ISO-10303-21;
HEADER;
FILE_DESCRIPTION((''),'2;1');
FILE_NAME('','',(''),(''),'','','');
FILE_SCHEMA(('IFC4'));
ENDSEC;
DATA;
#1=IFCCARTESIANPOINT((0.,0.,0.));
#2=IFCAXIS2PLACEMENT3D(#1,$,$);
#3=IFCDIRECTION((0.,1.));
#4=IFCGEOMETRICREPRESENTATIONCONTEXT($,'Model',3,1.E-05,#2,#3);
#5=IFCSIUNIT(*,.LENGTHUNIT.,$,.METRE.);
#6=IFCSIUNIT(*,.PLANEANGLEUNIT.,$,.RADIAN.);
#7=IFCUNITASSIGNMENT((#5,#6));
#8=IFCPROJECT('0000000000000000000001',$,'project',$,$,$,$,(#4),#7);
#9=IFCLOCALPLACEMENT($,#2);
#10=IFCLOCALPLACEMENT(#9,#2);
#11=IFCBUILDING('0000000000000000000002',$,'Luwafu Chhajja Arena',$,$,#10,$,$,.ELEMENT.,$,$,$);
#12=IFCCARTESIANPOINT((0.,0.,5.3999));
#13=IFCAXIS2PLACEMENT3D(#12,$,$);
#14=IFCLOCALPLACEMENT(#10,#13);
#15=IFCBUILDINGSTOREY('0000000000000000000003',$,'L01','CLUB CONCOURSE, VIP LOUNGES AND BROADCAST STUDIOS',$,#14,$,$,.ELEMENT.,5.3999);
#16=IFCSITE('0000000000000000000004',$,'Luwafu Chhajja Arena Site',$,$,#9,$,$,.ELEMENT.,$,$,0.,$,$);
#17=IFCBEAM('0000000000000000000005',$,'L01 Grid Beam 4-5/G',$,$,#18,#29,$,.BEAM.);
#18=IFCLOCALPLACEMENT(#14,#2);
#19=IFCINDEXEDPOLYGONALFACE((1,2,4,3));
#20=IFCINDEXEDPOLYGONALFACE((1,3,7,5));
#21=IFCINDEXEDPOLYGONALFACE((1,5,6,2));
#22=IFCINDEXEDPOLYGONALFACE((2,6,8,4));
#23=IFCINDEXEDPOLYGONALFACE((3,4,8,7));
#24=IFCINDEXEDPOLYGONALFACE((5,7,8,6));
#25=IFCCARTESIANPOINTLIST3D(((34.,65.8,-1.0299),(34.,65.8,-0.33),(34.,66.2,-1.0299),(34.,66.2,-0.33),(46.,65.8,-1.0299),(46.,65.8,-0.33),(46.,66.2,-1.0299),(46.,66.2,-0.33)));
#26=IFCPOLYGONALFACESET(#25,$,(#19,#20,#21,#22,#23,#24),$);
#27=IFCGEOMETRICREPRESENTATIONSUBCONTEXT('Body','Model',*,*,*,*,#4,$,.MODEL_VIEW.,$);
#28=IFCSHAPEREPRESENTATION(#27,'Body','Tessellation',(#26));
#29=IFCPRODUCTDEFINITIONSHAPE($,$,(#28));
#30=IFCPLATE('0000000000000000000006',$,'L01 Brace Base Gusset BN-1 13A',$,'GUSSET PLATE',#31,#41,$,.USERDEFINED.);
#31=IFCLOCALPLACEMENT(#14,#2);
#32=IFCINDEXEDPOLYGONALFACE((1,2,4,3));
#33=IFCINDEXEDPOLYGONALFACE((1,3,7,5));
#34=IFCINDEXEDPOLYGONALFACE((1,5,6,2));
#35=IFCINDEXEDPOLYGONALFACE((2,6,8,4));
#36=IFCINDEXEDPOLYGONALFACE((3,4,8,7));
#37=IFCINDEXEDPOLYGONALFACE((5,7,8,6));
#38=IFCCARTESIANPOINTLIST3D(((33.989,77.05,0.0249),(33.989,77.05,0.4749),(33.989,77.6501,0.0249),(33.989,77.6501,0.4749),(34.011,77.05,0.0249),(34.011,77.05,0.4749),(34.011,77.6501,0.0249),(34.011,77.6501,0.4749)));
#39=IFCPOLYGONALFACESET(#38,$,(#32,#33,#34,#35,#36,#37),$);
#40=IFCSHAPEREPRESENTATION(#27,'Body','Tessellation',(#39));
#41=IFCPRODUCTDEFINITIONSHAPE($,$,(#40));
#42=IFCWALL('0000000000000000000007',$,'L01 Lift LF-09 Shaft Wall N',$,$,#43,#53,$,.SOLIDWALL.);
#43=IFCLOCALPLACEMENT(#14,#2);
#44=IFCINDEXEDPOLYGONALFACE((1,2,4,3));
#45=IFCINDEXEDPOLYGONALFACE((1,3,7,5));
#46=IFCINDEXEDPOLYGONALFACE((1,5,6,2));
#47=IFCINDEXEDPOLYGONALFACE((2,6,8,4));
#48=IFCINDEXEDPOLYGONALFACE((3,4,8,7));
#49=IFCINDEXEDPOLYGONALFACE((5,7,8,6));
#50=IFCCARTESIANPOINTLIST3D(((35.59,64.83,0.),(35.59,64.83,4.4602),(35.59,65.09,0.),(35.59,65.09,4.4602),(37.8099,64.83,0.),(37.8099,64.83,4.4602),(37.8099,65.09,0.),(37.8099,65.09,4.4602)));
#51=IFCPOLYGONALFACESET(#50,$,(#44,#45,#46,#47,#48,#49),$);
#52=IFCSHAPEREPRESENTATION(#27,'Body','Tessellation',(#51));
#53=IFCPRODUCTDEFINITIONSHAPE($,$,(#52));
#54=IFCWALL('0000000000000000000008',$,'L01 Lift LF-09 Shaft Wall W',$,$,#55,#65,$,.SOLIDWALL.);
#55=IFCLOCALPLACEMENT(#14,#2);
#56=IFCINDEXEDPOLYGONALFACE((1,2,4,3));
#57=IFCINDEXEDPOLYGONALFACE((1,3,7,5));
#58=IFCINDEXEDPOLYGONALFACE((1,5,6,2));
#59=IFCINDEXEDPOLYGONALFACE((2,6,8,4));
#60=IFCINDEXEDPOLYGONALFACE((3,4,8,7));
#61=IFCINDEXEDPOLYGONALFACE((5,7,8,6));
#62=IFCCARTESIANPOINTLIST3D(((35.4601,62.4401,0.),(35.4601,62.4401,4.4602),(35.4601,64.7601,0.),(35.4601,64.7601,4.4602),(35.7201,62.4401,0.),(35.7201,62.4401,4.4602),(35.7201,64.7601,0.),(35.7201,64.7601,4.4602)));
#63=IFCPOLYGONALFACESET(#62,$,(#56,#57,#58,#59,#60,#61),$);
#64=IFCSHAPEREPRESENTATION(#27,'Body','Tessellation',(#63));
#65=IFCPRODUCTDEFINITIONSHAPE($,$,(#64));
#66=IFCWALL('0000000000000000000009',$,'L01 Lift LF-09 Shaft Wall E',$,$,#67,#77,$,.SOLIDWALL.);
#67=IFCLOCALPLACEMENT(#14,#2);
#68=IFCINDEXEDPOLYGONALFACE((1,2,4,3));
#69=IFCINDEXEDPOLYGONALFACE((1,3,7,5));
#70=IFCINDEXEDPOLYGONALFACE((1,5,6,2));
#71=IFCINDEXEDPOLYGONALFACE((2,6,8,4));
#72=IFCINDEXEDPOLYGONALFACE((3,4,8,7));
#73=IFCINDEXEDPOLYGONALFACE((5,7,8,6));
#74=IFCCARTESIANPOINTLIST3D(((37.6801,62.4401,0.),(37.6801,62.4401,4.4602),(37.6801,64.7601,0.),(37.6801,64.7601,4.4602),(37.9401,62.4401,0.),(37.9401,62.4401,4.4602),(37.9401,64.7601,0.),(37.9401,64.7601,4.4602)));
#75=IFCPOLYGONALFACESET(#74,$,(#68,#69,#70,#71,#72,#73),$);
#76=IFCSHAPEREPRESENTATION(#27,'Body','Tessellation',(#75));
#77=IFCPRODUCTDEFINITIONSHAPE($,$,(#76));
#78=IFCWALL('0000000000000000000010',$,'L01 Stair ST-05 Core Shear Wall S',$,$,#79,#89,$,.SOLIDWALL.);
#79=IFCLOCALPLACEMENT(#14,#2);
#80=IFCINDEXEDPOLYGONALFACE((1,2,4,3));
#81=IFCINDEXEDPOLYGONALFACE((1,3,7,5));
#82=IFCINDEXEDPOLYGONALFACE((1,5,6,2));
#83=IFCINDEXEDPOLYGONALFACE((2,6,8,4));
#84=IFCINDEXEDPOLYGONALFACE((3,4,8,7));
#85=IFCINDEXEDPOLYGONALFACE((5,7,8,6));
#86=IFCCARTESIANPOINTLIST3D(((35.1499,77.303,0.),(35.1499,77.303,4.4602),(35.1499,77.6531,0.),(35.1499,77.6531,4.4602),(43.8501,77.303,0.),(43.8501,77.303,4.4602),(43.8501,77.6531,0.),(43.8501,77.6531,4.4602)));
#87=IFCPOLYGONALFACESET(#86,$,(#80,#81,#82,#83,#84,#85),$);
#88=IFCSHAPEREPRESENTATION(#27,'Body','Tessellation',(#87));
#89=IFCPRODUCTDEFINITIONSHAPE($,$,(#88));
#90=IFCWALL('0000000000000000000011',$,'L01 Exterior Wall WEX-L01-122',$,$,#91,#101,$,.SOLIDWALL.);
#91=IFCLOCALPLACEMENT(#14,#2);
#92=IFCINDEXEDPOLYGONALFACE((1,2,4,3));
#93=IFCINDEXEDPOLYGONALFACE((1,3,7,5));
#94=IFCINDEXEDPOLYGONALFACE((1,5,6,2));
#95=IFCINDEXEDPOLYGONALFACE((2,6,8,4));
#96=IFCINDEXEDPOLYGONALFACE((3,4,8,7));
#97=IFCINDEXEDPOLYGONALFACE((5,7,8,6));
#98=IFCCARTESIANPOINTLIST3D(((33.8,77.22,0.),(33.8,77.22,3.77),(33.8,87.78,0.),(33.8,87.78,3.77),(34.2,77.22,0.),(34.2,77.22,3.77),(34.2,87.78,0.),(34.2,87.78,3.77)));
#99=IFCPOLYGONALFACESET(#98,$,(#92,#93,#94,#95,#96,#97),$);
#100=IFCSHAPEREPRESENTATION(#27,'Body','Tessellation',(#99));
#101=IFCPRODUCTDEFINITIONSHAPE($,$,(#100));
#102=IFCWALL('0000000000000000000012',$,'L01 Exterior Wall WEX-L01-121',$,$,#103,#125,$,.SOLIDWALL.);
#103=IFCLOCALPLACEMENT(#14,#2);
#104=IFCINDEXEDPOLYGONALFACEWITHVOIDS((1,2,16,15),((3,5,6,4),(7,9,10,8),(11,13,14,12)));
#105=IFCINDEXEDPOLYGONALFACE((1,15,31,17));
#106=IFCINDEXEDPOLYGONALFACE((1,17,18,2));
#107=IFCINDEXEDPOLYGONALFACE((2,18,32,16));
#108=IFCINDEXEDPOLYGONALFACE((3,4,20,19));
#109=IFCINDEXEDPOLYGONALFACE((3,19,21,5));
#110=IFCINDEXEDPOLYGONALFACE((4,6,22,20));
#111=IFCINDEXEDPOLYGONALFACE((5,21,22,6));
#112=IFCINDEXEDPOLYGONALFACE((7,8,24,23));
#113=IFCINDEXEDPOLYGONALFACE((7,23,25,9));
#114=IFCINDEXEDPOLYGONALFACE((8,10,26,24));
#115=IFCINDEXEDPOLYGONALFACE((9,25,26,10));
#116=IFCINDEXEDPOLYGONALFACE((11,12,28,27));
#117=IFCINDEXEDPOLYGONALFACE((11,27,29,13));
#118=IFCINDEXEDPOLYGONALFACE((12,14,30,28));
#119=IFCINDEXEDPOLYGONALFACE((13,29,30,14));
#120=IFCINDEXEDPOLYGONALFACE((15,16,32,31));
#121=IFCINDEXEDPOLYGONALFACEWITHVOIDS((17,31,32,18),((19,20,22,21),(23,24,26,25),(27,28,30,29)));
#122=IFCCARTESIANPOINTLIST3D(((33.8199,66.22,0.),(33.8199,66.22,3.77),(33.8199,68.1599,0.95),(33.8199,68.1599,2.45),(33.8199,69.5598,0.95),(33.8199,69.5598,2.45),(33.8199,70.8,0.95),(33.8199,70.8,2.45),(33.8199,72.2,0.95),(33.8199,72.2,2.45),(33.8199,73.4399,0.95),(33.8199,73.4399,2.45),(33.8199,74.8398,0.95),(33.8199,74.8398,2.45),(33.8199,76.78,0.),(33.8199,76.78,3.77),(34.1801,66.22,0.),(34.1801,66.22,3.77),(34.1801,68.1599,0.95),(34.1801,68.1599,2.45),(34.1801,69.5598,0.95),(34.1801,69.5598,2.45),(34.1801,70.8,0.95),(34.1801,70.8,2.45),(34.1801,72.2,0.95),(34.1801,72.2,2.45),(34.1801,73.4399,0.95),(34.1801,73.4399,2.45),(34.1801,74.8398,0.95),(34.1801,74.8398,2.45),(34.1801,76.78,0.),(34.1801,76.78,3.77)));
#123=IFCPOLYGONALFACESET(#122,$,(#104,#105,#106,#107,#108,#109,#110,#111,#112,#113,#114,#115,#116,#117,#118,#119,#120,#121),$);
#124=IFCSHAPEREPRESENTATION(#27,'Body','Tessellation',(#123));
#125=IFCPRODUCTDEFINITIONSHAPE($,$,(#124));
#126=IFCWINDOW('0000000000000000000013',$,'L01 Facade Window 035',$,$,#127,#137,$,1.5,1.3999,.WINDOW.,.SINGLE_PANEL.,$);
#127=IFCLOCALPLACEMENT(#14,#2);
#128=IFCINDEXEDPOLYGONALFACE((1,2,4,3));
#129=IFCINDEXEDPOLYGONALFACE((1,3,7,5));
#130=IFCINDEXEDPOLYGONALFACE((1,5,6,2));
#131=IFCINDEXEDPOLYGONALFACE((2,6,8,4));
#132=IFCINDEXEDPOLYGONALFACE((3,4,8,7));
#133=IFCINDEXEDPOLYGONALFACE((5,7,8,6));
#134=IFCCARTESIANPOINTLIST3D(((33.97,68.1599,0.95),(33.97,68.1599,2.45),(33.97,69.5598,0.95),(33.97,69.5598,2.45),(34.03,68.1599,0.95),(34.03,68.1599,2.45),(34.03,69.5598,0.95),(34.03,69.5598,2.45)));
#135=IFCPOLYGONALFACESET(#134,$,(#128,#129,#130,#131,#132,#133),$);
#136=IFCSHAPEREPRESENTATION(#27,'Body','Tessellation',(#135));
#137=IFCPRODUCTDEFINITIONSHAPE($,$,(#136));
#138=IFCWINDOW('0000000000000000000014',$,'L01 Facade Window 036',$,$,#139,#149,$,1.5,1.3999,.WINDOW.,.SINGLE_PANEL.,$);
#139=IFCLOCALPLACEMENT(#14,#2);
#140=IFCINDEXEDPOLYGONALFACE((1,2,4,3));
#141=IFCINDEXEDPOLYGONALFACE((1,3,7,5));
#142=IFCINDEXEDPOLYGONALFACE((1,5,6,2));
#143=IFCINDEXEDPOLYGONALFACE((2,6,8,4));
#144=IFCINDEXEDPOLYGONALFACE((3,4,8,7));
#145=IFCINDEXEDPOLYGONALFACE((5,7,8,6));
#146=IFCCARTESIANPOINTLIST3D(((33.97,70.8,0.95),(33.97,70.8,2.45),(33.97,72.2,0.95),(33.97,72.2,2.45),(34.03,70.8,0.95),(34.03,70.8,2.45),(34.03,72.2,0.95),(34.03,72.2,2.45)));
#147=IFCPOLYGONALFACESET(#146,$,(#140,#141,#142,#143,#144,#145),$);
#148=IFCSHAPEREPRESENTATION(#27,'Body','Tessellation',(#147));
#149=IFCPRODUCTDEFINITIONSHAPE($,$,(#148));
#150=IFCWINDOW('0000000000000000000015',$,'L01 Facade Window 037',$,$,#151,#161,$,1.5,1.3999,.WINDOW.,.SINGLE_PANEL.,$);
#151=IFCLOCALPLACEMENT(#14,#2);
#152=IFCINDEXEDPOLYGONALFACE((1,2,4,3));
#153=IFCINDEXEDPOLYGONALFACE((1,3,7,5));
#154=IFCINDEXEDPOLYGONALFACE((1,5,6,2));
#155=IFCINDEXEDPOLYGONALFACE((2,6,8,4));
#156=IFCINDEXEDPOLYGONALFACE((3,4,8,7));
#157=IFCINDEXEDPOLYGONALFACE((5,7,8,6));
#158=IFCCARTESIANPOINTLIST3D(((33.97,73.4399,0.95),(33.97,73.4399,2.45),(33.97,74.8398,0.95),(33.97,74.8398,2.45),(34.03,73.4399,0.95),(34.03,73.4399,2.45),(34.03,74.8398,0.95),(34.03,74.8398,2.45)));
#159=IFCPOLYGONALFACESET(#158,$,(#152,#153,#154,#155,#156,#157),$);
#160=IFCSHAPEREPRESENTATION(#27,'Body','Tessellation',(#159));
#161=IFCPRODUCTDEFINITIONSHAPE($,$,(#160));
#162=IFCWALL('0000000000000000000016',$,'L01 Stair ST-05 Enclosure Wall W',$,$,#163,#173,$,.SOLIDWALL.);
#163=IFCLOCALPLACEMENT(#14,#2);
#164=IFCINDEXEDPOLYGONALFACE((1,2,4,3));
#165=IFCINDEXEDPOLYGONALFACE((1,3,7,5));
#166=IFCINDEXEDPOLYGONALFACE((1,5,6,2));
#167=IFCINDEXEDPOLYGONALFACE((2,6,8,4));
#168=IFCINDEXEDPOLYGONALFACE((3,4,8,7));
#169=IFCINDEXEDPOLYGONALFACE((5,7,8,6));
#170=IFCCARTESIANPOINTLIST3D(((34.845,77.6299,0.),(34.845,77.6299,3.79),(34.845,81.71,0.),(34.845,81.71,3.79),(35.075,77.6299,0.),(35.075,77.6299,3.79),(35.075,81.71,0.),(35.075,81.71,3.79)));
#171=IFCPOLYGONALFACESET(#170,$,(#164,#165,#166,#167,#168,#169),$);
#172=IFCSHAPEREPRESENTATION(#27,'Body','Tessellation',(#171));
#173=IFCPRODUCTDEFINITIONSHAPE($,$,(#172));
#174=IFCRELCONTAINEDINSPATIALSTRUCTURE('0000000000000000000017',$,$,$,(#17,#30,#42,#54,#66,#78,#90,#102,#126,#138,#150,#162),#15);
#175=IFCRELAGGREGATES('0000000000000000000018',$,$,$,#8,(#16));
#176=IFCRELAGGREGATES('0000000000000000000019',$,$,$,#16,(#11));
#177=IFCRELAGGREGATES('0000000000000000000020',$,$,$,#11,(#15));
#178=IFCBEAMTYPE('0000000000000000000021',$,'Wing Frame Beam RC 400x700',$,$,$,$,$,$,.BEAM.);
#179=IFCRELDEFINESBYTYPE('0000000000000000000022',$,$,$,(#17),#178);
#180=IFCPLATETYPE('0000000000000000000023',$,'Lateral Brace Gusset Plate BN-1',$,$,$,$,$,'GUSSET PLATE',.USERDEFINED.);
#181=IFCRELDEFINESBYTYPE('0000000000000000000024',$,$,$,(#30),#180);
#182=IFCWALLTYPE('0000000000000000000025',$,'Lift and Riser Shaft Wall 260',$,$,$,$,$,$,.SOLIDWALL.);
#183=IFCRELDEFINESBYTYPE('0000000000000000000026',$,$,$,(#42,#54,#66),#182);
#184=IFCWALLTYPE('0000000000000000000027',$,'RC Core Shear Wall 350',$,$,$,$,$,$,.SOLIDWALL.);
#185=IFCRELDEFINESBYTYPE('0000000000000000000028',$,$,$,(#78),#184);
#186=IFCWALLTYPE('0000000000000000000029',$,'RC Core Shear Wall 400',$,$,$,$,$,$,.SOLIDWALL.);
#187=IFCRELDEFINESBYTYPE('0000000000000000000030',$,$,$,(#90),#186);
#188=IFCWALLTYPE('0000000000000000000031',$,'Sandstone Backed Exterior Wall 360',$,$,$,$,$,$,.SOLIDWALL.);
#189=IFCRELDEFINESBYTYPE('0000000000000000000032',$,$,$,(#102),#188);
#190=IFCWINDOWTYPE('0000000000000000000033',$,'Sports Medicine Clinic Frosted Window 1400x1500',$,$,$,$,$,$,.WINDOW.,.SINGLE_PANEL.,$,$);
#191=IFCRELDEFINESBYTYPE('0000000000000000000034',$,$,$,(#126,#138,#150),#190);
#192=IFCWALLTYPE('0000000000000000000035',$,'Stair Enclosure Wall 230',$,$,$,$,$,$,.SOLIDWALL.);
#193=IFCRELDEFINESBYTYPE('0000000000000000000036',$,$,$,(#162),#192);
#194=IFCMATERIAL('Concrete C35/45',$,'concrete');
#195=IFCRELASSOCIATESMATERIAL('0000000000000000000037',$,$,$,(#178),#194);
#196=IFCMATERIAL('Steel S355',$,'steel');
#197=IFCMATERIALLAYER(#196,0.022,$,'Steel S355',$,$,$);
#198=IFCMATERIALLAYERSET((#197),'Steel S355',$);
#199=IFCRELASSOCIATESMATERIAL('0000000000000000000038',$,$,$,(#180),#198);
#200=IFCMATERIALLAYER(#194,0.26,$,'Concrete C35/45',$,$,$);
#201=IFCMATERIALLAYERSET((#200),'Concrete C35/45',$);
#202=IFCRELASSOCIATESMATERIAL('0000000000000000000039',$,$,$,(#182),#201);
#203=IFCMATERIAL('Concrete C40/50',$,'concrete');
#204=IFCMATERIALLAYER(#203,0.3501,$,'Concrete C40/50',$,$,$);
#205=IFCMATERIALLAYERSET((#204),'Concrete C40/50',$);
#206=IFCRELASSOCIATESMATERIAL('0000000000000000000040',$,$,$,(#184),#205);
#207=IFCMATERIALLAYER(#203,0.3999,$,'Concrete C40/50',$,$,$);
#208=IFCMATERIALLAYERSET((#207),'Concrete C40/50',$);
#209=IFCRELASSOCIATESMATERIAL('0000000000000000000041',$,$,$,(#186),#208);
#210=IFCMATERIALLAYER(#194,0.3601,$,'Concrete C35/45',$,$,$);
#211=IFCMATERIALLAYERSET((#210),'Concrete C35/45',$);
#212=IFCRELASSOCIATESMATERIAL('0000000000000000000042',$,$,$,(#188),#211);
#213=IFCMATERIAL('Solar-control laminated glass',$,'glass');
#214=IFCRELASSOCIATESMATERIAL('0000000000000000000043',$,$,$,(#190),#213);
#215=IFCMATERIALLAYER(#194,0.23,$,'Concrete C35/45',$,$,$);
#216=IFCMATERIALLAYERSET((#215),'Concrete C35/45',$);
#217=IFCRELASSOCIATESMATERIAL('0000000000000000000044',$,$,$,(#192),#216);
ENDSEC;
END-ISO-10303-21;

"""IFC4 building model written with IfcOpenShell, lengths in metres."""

from ifc_helpers import new_model, si_unit, direction, frame, frame_2d, origin, origin_2d, place, context, subcontext, project, spatial, rectangle, extrude, material, layer, layer_set, material_profile, profile_set, type_object, element, fill, save


model = new_model("IFC4")

# Units and contexts
model_context = context("Model", 3, precision=1e-05, world=origin(), true_north=direction((0.0, 1.0)))
body_context = subcontext(model_context, "Body", "Model", "MODEL_VIEW")
ifc_project = project(units=[si_unit("LENGTHUNIT", "METRE"), si_unit("PLANEANGLEUNIT", "RADIAN")], contexts=[model_context])

# Site, building, storey
site_placement = place(None, origin())
site = spatial("IfcSite", under=ifc_project, at=site_placement, Name="Luwafu Chhajja Arena Site", CompositionType="ELEMENT", RefElevation=0.0)
building_placement = place(site_placement, origin())
building = spatial("IfcBuilding", under=site, at=building_placement, Name="Luwafu Chhajja Arena", CompositionType="ELEMENT")
storey_placement = place(building_placement, frame((0.0, 0.0, 5.3999)))
storey = spatial("IfcBuildingStorey", under=building, at=storey_placement, Name="L01", Description="CLUB CONCOURSE, VIP LOUNGES AND BROADCAST STUDIOS", CompositionType="ELEMENT", Elevation=5.3999)

# Shared definitions
ifc_material_1 = material(Name="Concrete C40/50", Category="concrete")

# Shared definitions
ifc_material_2 = material(Name="Steel S355", Category="steel")

# Beam
ifc_material_3 = material(Name="Concrete C35/45", Category="concrete")
ifc_material_profile_1 = material_profile(ifc_material_3, rectangle(XDim=0.3999, YDim=0.7, at=origin_2d()), Name="RC 400x700")
ifc_profile_set_1 = profile_set([ifc_material_profile_1], Name="Concrete C35/45")
beam_type_1 = type_object("IfcBeamType", Name="Wing Frame Beam RC 400x700", PredefinedType="BEAM", material=ifc_profile_set_1)
beam_1_placement = place(storey_placement, frame((34.0, 66.0, -0.6799), z_axis=(1.0, 0.0, 0.0), x_axis=(0.0, 1.0, 0.0)))
element("IfcBeam", 1, at=beam_1_placement, inside=storey, type_object=beam_type_1, Name="L01 Grid Beam 4-5/G", PredefinedType="BEAM", context=body_context, shape_type="SweptSolid", body=[
    extrude(rectangle(XDim=0.3999, YDim=0.7, at=origin_2d()), origin(), (0.0, 0.0, 1.0), 12.0),
])

# Plate
ifc_layer_1 = layer(ifc_material_2, 0.022, Name="Steel S355")
ifc_layer_set_1 = layer_set([ifc_layer_1], Name="Steel S355")
plate_type = type_object("IfcPlateType", Name="Lateral Brace Gusset Plate BN-1", ElementType="GUSSET PLATE", PredefinedType="USERDEFINED", material=ifc_layer_set_1)
plate_placement = place(storey_placement, frame((34.0, 77.3501, 0.0249), z_axis=(0.0, 0.0, 1.0), x_axis=(1.0, 0.0, 0.0)))
element("IfcPlate", 2, at=plate_placement, inside=storey, type_object=plate_type, Name="L01 Brace Base Gusset BN-1 13A", ObjectType="GUSSET PLATE", PredefinedType="USERDEFINED", context=body_context, shape_type="SweptSolid", body=[
    extrude(rectangle(XDim=0.022, YDim=0.6001, at=origin_2d()), origin(), (0.0, 0.0, 1.0), 0.45),
])

# Shared definitions
ifc_layer_2 = layer(ifc_material_3, 0.26, Name="Concrete C35/45")
ifc_layer_set_2 = layer_set([ifc_layer_2], Name="Concrete C35/45")
wall_type_1 = type_object("IfcWallType", Name="Lift and Riser Shaft Wall 260", PredefinedType="SOLIDWALL", material=ifc_layer_set_2)

# Walls
wall_1_placement = place(storey_placement, frame((35.5901, 64.96, 0.0), z_axis=(0.0, 0.0, 1.0), x_axis=(1.0, 0.0, 0.0)))
element("IfcWall", 3, at=wall_1_placement, inside=storey, type_object=wall_type_1, Name="L01 Lift LF-09 Shaft Wall N", PredefinedType="SOLIDWALL", context=body_context, shape_type="SweptSolid", body=[
    extrude(rectangle(XDim=2.22, YDim=0.26, at=frame_2d((1.1099, 0.0))), origin(), (0.0, 0.0, 1.0), 4.4602),
])
for number, where, z_axis, x_axis, name in (
    (4, (35.5901, 62.4399, 0.0), (0.0, 0.0, 1.0), (0.0, 1.0, 0.0), "L01 Lift LF-09 Shaft Wall W"),
    (5, (37.8101, 62.4399, 0.0), (0.0, 0.0, 1.0), (0.0, 1.0, 0.0), "L01 Lift LF-09 Shaft Wall E"),
):
    element("IfcWall", number, at=place(storey_placement, frame(where, z_axis=z_axis, x_axis=x_axis)), inside=storey, type_object=wall_type_1, Name=name, PredefinedType="SOLIDWALL", context=body_context, shape_type="SweptSolid", body=[
        extrude(rectangle(XDim=2.3201, YDim=0.26, at=frame_2d((1.1602, 0.0))), origin(), (0.0, 0.0, 1.0), 4.4602),
    ])
ifc_layer_3 = layer(ifc_material_1, 0.3501, Name="Concrete C40/50")
ifc_layer_set_3 = layer_set([ifc_layer_3], Name="Concrete C40/50")
wall_type_2 = type_object("IfcWallType", Name="RC Core Shear Wall 350", PredefinedType="SOLIDWALL", material=ifc_layer_set_3)
wall_2_placement = place(storey_placement, frame((35.1499, 77.478, 0.0), z_axis=(0.0, 0.0, 1.0), x_axis=(1.0, 0.0, 0.0)))
element("IfcWall", 6, at=wall_2_placement, inside=storey, type_object=wall_type_2, Name="L01 Stair ST-05 Core Shear Wall S", PredefinedType="SOLIDWALL", context=body_context, shape_type="SweptSolid", body=[
    extrude(rectangle(XDim=8.7002, YDim=0.3501, at=frame_2d((4.3501, 0.0))), origin(), (0.0, 0.0, 1.0), 4.4602),
])
ifc_layer_4 = layer(ifc_material_1, 0.3999, Name="Concrete C40/50")
ifc_layer_set_4 = layer_set([ifc_layer_4], Name="Concrete C40/50")
wall_type_3 = type_object("IfcWallType", Name="RC Core Shear Wall 400", PredefinedType="SOLIDWALL", material=ifc_layer_set_4)
wall_3_placement = place(storey_placement, frame((34.0, 77.22, 0.0), z_axis=(0.0, 0.0, 1.0), x_axis=(0.0, 1.0, 0.0)))
element("IfcWall", 7, at=wall_3_placement, inside=storey, type_object=wall_type_3, Name="L01 Exterior Wall WEX-L01-122", PredefinedType="SOLIDWALL", context=body_context, shape_type="SweptSolid", body=[
    extrude(rectangle(XDim=10.5601, YDim=0.3999, at=frame_2d((5.28, 0.0))), origin(), (0.0, 0.0, 1.0), 3.77),
])

# Wall, openings, windows
ifc_layer_5 = layer(ifc_material_3, 0.3601, Name="Concrete C35/45")
ifc_layer_set_5 = layer_set([ifc_layer_5], Name="Concrete C35/45")
wall_type_4 = type_object("IfcWallType", Name="Sandstone Backed Exterior Wall 360", PredefinedType="SOLIDWALL", material=ifc_layer_set_5)
wall_4_placement = place(storey_placement, frame((34.0, 66.22, 0.0), z_axis=(0.0, 0.0, 1.0), x_axis=(0.0, 1.0, 0.0)))
wall_4 = element("IfcWall", 8, at=wall_4_placement, inside=storey, type_object=wall_type_4, Name="L01 Exterior Wall WEX-L01-121", PredefinedType="SOLIDWALL", context=body_context, shape_type="SweptSolid", body=[
    extrude(rectangle(XDim=10.5601, YDim=0.3601, at=frame_2d((5.28, 0.0))), origin(), (0.0, 0.0, 1.0), 3.77),
])
opening_1_placement = place(wall_4_placement, frame((1.9399, 0.0, 0.95)))
opening_1 = element("IfcOpeningElement", 9, at=opening_1_placement, cuts=wall_4, PredefinedType="OPENING", context=body_context, shape_type="SweptSolid", body=[
    extrude(rectangle(XDim=1.3999, YDim=1.5, at=frame_2d((0.7, 0.75))), frame((0.0, 0.1899, 0.0), z_axis=(0.0, -1.0, 0.0), x_axis=(1.0, 0.0, 0.0)), (0.0, 0.0, 1.0), 0.3801),
])
opening_2_placement = place(wall_4_placement, frame((4.5801, 0.0, 0.95)))
opening_2 = element("IfcOpeningElement", 10, at=opening_2_placement, cuts=wall_4, PredefinedType="OPENING", context=body_context, shape_type="SweptSolid", body=[
    extrude(rectangle(XDim=1.3999, YDim=1.5, at=frame_2d((0.7, 0.75))), frame((0.0, 0.1899, 0.0), z_axis=(0.0, -1.0, 0.0), x_axis=(1.0, 0.0, 0.0)), (0.0, 0.0, 1.0), 0.3801),
])
opening_3_placement = place(wall_4_placement, frame((7.22, 0.0, 0.95)))
opening_3 = element("IfcOpeningElement", 11, at=opening_3_placement, cuts=wall_4, PredefinedType="OPENING", context=body_context, shape_type="SweptSolid", body=[
    extrude(rectangle(XDim=1.3999, YDim=1.5, at=frame_2d((0.7, 0.75))), frame((0.0, 0.1899, 0.0), z_axis=(0.0, -1.0, 0.0), x_axis=(1.0, 0.0, 0.0)), (0.0, 0.0, 1.0), 0.3801),
])
ifc_material_4 = material(Name="Solar-control laminated glass", Category="glass")
window_type = type_object("IfcWindowType", Name="Sports Medicine Clinic Frosted Window 1400x1500", PartitioningType="SINGLE_PANEL", PredefinedType="WINDOW", material=ifc_material_4)
window_1_placement = place(opening_1_placement, origin())
window_1 = element("IfcWindow", 12, at=window_1_placement, inside=storey, type_object=window_type, Name="L01 Facade Window 035", OverallHeight=1.5, OverallWidth=1.3999, PartitioningType="SINGLE_PANEL", PredefinedType="WINDOW", context=body_context, shape_type="SweptSolid", body=[
    extrude(rectangle(XDim=1.3999, YDim=1.5, at=frame_2d((0.7, 0.75))), frame((0.0, 0.03, 0.0), z_axis=(0.0, -1.0, 0.0), x_axis=(1.0, 0.0, 0.0)), (0.0, 0.0, 1.0), 0.0601),
])
fill(opening_1, window_1)
window_2_placement = place(opening_2_placement, origin())
window_2 = element("IfcWindow", 13, at=window_2_placement, inside=storey, type_object=window_type, Name="L01 Facade Window 036", OverallHeight=1.5, OverallWidth=1.3999, PartitioningType="SINGLE_PANEL", PredefinedType="WINDOW", context=body_context, shape_type="SweptSolid", body=[
    extrude(rectangle(XDim=1.3999, YDim=1.5, at=frame_2d((0.7, 0.75))), frame((0.0, 0.03, 0.0), z_axis=(0.0, -1.0, 0.0), x_axis=(1.0, 0.0, 0.0)), (0.0, 0.0, 1.0), 0.0601),
])
fill(opening_2, window_2)
window_3_placement = place(opening_3_placement, origin())
window_3 = element("IfcWindow", 14, at=window_3_placement, inside=storey, type_object=window_type, Name="L01 Facade Window 037", OverallHeight=1.5, OverallWidth=1.3999, PartitioningType="SINGLE_PANEL", PredefinedType="WINDOW", context=body_context, shape_type="SweptSolid", body=[
    extrude(rectangle(XDim=1.3999, YDim=1.5, at=frame_2d((0.7, 0.75))), frame((0.0, 0.03, 0.0), z_axis=(0.0, -1.0, 0.0), x_axis=(1.0, 0.0, 0.0)), (0.0, 0.0, 1.0), 0.0601),
])
fill(opening_3, window_3)

# Wall
ifc_layer_6 = layer(ifc_material_3, 0.23, Name="Concrete C35/45")
ifc_layer_set_6 = layer_set([ifc_layer_6], Name="Concrete C35/45")
wall_type_5 = type_object("IfcWallType", Name="Stair Enclosure Wall 230", PredefinedType="SOLIDWALL", material=ifc_layer_set_6)
wall_5_placement = place(storey_placement, frame((34.96, 77.6299, 0.0), z_axis=(0.0, 0.0, 1.0), x_axis=(0.0, 1.0, 0.0)))
element("IfcWall", 15, at=wall_5_placement, inside=storey, type_object=wall_type_5, Name="L01 Stair ST-05 Enclosure Wall W", PredefinedType="SOLIDWALL", context=body_context, shape_type="SweptSolid", body=[
    extrude(rectangle(XDim=4.0801, YDim=0.23, at=frame_2d((2.04, 0.0))), origin(), (0.0, 0.0, 1.0), 3.79),
])

save(model, "model.ifc")
